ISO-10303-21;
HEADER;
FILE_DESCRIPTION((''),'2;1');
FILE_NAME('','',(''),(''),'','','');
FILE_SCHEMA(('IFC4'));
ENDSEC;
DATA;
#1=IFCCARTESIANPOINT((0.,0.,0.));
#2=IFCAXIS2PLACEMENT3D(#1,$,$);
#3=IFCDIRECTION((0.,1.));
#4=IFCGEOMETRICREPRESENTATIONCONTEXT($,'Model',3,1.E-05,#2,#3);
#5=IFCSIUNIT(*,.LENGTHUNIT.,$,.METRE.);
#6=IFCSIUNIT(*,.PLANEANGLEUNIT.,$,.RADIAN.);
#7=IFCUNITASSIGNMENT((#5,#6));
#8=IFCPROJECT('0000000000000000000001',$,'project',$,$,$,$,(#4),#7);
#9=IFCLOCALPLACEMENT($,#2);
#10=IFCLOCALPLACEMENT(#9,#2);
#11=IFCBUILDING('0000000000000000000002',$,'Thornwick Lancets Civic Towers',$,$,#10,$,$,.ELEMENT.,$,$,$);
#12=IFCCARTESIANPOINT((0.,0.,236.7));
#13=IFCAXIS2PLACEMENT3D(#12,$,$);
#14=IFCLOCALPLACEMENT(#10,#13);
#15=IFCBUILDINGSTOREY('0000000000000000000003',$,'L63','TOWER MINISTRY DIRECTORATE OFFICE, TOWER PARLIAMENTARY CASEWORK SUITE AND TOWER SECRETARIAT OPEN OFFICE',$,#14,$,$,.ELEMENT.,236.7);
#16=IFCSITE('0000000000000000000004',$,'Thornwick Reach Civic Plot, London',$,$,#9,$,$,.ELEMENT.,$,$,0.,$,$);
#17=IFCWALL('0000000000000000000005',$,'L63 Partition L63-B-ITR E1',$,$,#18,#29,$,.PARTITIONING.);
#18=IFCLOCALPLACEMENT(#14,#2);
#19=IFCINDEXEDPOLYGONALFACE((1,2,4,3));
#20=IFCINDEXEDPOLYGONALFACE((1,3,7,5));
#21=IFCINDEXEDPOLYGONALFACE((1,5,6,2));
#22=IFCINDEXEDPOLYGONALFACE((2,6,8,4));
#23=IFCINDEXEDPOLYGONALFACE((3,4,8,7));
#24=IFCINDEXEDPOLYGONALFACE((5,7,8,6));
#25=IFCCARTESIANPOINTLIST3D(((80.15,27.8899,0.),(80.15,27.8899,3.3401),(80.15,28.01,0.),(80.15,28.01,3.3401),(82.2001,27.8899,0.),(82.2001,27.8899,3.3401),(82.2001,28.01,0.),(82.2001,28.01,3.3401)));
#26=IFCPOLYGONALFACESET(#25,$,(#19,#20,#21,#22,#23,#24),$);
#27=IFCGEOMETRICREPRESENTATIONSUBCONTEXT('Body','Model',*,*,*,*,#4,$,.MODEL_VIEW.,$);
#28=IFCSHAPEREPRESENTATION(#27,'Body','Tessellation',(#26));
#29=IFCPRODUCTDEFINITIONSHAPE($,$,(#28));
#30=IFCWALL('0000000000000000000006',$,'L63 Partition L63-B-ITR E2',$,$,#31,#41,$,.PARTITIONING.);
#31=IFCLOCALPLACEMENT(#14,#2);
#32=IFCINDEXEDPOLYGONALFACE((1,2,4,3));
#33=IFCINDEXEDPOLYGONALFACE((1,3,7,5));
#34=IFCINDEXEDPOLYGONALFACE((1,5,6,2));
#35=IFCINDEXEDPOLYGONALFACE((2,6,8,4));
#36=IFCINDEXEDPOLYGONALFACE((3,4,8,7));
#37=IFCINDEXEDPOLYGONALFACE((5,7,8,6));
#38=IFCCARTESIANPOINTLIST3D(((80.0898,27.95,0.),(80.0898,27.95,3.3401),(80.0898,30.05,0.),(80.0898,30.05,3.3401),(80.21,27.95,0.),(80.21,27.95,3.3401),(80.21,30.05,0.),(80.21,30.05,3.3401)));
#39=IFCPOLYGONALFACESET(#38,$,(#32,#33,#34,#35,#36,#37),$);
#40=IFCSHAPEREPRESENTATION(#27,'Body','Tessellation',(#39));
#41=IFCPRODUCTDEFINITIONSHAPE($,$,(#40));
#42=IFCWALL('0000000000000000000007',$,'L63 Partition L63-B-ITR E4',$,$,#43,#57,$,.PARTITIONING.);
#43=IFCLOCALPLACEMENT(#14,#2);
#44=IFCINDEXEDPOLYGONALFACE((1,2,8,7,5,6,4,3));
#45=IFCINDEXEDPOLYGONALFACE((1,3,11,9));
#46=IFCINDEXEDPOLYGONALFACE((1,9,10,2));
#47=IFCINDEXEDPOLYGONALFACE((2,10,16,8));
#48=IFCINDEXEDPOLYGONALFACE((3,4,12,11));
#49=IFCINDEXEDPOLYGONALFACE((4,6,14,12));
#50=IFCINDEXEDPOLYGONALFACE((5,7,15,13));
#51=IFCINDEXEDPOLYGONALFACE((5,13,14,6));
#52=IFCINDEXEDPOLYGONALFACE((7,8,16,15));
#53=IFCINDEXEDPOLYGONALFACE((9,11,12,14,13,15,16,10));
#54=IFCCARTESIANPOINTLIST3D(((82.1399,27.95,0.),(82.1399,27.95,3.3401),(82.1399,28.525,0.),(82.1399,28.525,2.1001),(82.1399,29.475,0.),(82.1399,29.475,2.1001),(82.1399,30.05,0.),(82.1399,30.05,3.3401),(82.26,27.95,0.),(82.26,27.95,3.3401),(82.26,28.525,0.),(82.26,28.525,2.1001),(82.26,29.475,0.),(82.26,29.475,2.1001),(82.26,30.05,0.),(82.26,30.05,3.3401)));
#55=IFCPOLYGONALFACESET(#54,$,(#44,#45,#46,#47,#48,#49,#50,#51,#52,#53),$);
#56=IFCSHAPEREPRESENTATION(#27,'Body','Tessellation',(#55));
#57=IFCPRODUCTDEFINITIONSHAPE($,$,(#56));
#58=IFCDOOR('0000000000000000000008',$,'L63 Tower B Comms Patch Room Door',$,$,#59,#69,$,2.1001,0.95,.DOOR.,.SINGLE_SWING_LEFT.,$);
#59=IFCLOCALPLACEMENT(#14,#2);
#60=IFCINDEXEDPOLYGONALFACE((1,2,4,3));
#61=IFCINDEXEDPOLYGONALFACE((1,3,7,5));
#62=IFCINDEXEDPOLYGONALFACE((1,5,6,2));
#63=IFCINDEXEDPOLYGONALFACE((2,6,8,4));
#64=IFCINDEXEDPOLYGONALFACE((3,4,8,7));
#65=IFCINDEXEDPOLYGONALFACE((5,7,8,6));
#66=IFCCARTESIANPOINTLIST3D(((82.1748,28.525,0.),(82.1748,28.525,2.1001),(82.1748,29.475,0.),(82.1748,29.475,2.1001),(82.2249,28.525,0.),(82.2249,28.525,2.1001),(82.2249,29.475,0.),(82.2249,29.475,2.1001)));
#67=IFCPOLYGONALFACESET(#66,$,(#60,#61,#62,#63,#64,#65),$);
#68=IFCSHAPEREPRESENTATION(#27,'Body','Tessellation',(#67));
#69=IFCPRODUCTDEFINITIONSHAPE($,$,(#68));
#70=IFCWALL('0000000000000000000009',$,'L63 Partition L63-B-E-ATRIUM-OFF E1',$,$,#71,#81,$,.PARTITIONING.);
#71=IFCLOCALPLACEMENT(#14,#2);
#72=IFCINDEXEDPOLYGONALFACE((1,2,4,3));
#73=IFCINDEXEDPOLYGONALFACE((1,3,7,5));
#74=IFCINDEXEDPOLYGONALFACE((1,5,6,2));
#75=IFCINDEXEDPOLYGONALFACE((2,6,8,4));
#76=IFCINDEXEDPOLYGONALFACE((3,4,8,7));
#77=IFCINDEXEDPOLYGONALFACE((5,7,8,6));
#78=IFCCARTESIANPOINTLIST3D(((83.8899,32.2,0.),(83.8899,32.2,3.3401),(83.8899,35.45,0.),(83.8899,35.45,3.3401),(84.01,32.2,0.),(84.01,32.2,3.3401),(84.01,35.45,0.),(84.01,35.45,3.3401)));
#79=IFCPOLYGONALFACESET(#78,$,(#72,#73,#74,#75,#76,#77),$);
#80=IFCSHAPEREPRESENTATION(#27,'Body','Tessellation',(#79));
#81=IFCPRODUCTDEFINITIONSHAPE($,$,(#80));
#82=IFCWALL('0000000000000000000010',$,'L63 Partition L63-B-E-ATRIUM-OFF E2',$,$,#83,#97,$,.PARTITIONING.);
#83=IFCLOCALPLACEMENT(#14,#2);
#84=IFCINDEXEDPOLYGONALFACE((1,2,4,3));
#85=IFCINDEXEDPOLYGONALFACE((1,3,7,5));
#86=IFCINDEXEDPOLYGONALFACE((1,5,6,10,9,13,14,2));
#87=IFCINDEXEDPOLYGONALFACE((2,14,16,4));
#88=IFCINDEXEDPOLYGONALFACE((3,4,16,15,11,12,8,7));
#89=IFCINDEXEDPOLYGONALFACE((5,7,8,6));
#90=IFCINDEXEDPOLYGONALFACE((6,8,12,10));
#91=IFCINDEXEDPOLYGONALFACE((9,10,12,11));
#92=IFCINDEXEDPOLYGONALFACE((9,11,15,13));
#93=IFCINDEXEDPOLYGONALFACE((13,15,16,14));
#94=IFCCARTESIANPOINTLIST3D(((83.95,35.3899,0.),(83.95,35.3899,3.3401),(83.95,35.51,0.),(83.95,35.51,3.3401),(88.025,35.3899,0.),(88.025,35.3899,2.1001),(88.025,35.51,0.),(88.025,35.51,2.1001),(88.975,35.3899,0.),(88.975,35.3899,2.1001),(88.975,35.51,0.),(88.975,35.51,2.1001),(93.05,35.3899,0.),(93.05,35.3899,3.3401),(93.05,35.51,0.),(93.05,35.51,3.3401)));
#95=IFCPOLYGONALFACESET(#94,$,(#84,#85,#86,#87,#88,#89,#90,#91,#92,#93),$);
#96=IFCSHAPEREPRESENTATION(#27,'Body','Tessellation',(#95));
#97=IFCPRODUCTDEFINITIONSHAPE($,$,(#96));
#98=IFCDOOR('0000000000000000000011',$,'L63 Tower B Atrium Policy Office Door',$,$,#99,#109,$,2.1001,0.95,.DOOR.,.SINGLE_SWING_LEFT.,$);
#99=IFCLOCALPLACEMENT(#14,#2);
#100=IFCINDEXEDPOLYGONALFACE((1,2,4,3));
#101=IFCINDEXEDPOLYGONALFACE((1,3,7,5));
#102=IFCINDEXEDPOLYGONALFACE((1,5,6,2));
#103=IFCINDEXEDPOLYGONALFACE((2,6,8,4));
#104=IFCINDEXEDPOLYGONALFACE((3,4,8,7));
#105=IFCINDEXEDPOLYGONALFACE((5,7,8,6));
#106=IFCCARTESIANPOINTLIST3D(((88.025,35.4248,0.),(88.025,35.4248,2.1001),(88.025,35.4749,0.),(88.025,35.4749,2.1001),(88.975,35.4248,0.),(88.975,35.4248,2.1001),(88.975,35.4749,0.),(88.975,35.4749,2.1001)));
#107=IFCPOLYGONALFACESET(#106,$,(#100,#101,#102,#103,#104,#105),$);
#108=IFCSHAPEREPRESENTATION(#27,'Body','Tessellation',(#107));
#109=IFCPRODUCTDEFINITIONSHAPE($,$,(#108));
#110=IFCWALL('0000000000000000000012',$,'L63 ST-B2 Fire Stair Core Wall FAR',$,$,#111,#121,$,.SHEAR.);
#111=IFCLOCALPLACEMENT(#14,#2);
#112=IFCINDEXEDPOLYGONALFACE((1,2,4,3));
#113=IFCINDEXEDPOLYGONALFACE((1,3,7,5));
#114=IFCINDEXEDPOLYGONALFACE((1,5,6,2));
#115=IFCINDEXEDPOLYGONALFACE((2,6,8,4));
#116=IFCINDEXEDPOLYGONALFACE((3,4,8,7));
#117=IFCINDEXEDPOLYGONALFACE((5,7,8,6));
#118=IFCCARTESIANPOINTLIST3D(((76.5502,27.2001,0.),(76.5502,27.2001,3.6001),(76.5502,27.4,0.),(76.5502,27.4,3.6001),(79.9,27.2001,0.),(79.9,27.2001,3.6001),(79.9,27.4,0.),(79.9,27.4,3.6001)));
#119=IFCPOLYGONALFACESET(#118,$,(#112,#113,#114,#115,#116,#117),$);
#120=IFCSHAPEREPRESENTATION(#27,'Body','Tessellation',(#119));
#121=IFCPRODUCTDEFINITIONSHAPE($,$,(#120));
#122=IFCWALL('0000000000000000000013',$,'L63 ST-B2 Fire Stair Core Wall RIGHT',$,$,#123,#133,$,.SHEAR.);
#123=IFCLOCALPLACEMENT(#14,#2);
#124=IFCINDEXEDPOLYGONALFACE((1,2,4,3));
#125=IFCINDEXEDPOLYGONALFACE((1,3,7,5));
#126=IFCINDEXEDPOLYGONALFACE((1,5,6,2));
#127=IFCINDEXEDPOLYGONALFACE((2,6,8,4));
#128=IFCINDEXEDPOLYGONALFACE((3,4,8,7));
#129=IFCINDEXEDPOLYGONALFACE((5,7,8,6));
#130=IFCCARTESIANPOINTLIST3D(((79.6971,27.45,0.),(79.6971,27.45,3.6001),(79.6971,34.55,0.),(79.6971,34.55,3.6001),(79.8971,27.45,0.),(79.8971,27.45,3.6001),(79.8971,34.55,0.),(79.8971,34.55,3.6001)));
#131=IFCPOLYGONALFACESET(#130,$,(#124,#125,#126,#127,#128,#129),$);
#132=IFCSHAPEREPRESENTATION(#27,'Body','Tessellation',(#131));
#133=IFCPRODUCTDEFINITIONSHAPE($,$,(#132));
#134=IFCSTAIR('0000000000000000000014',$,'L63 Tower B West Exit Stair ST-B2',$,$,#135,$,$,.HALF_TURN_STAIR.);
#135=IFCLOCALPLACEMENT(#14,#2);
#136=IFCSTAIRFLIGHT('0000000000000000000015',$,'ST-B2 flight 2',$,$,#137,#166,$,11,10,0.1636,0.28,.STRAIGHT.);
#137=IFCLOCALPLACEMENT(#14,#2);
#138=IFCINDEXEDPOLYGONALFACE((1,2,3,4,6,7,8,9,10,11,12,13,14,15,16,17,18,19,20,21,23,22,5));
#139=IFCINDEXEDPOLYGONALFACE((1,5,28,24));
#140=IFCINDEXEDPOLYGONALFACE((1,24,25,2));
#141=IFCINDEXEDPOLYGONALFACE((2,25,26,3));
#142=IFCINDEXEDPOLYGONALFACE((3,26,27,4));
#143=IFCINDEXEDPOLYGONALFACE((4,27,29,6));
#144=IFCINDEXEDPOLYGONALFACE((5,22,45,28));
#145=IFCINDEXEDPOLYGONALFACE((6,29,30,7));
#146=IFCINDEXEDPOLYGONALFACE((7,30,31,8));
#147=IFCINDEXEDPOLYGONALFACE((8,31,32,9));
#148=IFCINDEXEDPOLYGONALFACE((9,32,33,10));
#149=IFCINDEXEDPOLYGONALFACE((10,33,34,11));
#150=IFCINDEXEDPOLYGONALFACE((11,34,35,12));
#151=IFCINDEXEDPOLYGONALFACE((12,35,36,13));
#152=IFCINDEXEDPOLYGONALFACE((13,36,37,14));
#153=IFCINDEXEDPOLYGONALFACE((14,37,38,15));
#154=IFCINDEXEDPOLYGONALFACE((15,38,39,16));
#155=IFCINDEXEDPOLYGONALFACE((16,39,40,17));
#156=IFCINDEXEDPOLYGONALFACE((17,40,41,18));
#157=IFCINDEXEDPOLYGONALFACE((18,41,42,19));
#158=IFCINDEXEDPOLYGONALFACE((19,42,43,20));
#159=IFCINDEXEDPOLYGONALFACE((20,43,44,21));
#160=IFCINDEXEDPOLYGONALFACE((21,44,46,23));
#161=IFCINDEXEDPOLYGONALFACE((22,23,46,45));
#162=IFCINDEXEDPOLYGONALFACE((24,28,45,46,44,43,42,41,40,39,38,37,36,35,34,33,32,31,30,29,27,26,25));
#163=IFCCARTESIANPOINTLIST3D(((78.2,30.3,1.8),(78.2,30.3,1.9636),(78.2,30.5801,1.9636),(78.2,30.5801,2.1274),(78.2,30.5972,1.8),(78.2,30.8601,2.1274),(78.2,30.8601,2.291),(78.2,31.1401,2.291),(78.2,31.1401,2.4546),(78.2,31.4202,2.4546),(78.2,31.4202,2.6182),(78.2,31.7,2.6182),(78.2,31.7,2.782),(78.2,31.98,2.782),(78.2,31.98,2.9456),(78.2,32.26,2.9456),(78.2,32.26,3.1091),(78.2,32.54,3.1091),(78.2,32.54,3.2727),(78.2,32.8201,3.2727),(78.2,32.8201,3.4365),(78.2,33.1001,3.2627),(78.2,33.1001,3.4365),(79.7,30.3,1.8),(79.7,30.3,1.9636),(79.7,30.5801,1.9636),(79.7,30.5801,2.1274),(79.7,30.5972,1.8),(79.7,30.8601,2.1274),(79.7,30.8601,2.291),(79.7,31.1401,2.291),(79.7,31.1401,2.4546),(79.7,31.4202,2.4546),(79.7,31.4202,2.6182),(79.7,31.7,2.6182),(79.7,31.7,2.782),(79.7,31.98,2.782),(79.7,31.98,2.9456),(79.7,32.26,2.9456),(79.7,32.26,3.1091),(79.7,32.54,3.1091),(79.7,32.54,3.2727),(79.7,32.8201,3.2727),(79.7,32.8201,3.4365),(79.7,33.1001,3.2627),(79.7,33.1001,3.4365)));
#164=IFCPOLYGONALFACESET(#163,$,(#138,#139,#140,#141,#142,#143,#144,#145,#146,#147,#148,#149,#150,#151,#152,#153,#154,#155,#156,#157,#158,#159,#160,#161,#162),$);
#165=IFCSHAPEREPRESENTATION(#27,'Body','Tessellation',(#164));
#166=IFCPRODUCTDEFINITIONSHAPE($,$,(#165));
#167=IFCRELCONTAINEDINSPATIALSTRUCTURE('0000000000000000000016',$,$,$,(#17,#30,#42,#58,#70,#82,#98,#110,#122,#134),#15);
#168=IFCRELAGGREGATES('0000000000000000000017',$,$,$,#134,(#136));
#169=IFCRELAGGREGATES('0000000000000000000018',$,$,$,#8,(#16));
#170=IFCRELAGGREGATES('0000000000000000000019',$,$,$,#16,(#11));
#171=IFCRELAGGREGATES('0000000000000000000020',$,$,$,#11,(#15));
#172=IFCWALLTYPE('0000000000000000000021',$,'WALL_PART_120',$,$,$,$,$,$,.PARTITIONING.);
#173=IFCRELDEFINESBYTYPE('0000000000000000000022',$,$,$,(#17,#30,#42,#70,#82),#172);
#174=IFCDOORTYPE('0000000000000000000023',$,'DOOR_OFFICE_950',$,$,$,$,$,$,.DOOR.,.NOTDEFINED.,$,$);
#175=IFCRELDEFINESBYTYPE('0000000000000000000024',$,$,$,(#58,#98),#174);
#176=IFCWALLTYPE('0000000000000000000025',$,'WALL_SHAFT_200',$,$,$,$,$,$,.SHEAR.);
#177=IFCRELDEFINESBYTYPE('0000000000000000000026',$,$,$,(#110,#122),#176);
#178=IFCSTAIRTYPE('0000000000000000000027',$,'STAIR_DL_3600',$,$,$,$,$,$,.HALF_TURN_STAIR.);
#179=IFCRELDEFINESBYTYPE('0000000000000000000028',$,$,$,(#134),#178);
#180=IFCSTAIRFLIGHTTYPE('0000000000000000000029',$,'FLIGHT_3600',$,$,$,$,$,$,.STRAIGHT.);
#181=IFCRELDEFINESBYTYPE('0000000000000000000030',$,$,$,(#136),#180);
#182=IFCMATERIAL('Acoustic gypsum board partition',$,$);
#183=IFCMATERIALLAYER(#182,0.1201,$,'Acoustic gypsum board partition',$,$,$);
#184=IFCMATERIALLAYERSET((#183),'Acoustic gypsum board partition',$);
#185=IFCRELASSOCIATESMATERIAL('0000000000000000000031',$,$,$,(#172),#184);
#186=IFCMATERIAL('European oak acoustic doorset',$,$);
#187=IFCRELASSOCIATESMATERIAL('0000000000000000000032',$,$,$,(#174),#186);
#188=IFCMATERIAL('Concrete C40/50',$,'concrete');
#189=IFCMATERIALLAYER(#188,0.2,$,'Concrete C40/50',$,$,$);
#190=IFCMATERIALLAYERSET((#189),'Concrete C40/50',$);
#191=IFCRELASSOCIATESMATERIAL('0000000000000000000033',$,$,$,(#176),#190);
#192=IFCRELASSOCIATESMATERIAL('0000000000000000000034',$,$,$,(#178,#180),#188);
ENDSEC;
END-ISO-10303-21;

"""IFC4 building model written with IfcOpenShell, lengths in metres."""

from ifc_helpers import new_model, si_unit, direction, frame, frame_2d, origin, place, context, subcontext, project, spatial, polyline, rectangle, outline, extrude, material, layer, layer_set, type_object, element, fill, aggregate, save


model = new_model("IFC4")

# Units and contexts
model_context = context("Model", 3, precision=1e-05, world=origin(), true_north=direction((0.0, 1.0)))
body_context = subcontext(model_context, "Body", "Model", "MODEL_VIEW")
ifc_project = project(units=[si_unit("LENGTHUNIT", "METRE"), si_unit("PLANEANGLEUNIT", "RADIAN")], contexts=[model_context])

# Site, building, storey
site_placement = place(None, origin())
site = spatial("IfcSite", under=ifc_project, at=site_placement, Name="Thornwick Reach Civic Plot, London", CompositionType="ELEMENT", RefElevation=0.0)
building_placement = place(site_placement, origin())
building = spatial("IfcBuilding", under=site, at=building_placement, Name="Thornwick Lancets Civic Towers", CompositionType="ELEMENT")
storey_placement = place(building_placement, frame((0.0, 0.0, 236.7)))
storey = spatial("IfcBuildingStorey", under=building, at=storey_placement, Name="L63", Description="TOWER MINISTRY DIRECTORATE OFFICE, TOWER PARLIAMENTARY CASEWORK SUITE AND TOWER SECRETARIAT OPEN OFFICE", CompositionType="ELEMENT", Elevation=236.7)

# Walls
ifc_material_1 = material(Name="Acoustic gypsum board partition")
ifc_layer_1 = layer(ifc_material_1, 0.1201, Name="Acoustic gypsum board partition")
ifc_layer_set_1 = layer_set([ifc_layer_1], Name="Acoustic gypsum board partition")
wall_type_1 = type_object("IfcWallType", Name="WALL_PART_120", PredefinedType="PARTITIONING", material=ifc_layer_set_1)
wall_1_placement = place(storey_placement, frame((82.2, 27.95, 0.0), z_axis=(0.0, 0.0, 1.0), x_axis=(-1.0, 0.0, 0.0)))
element("IfcWall", 1, at=wall_1_placement, inside=storey, type_object=wall_type_1, Name="L63 Partition L63-B-ITR E1", PredefinedType="PARTITIONING", context=body_context, shape_type="SweptSolid", body=[
    extrude(rectangle(XDim=2.05, YDim=0.1201, at=frame_2d((1.0249, 0.0))), origin(), (0.0, 0.0, 1.0), 3.3401),
])
wall_2_placement = place(storey_placement, frame((80.1499, 27.95, 0.0), z_axis=(0.0, 0.0, 1.0), x_axis=(0.0, 1.0, 0.0)))
element("IfcWall", 2, at=wall_2_placement, inside=storey, type_object=wall_type_1, Name="L63 Partition L63-B-ITR E2", PredefinedType="PARTITIONING", context=body_context, shape_type="SweptSolid", body=[
    extrude(rectangle(XDim=2.1001, YDim=0.1201, at=frame_2d((1.05, 0.0))), origin(), (0.0, 0.0, 1.0), 3.3401),
])

# Wall, opening, door
wall_3_placement = place(storey_placement, frame((82.2, 30.05, 0.0), z_axis=(0.0, 0.0, 1.0), x_axis=(0.0, -1.0, 0.0)))
wall_3 = element("IfcWall", 3, at=wall_3_placement, inside=storey, type_object=wall_type_1, Name="L63 Partition L63-B-ITR E4", PredefinedType="PARTITIONING", context=body_context, shape_type="SweptSolid", body=[
    extrude(rectangle(XDim=2.1001, YDim=0.1201, at=frame_2d((1.05, 0.0))), origin(), (0.0, 0.0, 1.0), 3.3401),
])
opening_1_placement = place(wall_3_placement, frame((0.575, 0.0, 0.0)))
opening_1 = element("IfcOpeningElement", 4, at=opening_1_placement, cuts=wall_3, PredefinedType="OPENING", context=body_context, shape_type="SweptSolid", body=[
    extrude(rectangle(XDim=0.95, YDim=2.1001, at=frame_2d((0.4751, 1.05))), frame((0.0, 0.0701, 0.0), z_axis=(0.0, -1.0, 0.0), x_axis=(1.0, 0.0, 0.0)), (0.0, 0.0, 1.0), 0.1401),
])
ifc_material_2 = material(Name="European oak acoustic doorset")
door_type_1 = type_object("IfcDoorType", Name="DOOR_OFFICE_950", OperationType="NOTDEFINED", PredefinedType="DOOR", material=ifc_material_2)
door_1_placement = place(opening_1_placement, origin())
door_1 = element("IfcDoor", 5, at=door_1_placement, inside=storey, type_object=door_type_1, Name="L63 Tower B Comms Patch Room Door", OperationType="SINGLE_SWING_LEFT", OverallHeight=2.1001, OverallWidth=0.95, PredefinedType="DOOR", context=body_context, shape_type="SweptSolid", body=[
    extrude(rectangle(XDim=0.95, YDim=2.1001, at=frame_2d((0.4751, 1.05))), frame((0.0, 0.0249, 0.0), z_axis=(0.0, -1.0, 0.0), x_axis=(1.0, 0.0, 0.0)), (0.0, 0.0, 1.0), 0.05),
])
fill(opening_1, door_1)

# Wall
wall_4_placement = place(storey_placement, frame((83.95, 32.2, 0.0), z_axis=(0.0, 0.0, 1.0), x_axis=(0.0, 1.0, 0.0)))
element("IfcWall", 6, at=wall_4_placement, inside=storey, type_object=wall_type_1, Name="L63 Partition L63-B-E-ATRIUM-OFF E1", PredefinedType="PARTITIONING", context=body_context, shape_type="SweptSolid", body=[
    extrude(rectangle(XDim=3.25, YDim=0.1201, at=frame_2d((1.625, 0.0))), origin(), (0.0, 0.0, 1.0), 3.3401),
])

# Wall, opening, door
wall_5_placement = place(storey_placement, frame((83.95, 35.45, 0.0), z_axis=(0.0, 0.0, 1.0), x_axis=(1.0, 0.0, 0.0)))
wall_5 = element("IfcWall", 7, at=wall_5_placement, inside=storey, type_object=wall_type_1, Name="L63 Partition L63-B-E-ATRIUM-OFF E2", PredefinedType="PARTITIONING", context=body_context, shape_type="SweptSolid", body=[
    extrude(rectangle(XDim=9.1001, YDim=0.1201, at=frame_2d((4.55, 0.0))), origin(), (0.0, 0.0, 1.0), 3.3401),
])
opening_2_placement = place(wall_5_placement, frame((4.075, 0.0, 0.0)))
opening_2 = element("IfcOpeningElement", 8, at=opening_2_placement, cuts=wall_5, PredefinedType="OPENING", context=body_context, shape_type="SweptSolid", body=[
    extrude(rectangle(XDim=0.95, YDim=2.1001, at=frame_2d((0.4751, 1.05))), frame((0.0, 0.0701, 0.0), z_axis=(0.0, -1.0, 0.0), x_axis=(1.0, 0.0, 0.0)), (0.0, 0.0, 1.0), 0.1401),
])
door_2_placement = place(opening_2_placement, origin())
door_2 = element("IfcDoor", 9, at=door_2_placement, inside=storey, type_object=door_type_1, Name="L63 Tower B Atrium Policy Office Door", OperationType="SINGLE_SWING_LEFT", OverallHeight=2.1001, OverallWidth=0.95, PredefinedType="DOOR", context=body_context, shape_type="SweptSolid", body=[
    extrude(rectangle(XDim=0.95, YDim=2.1001, at=frame_2d((0.4751, 1.05))), frame((0.0, 0.0249, 0.0), z_axis=(0.0, -1.0, 0.0), x_axis=(1.0, 0.0, 0.0)), (0.0, 0.0, 1.0), 0.05),
])
fill(opening_2, door_2)

# Walls
ifc_material_3 = material(Name="Concrete C40/50", Category="concrete")
ifc_layer_2 = layer(ifc_material_3, 0.2, Name="Concrete C40/50")
ifc_layer_set_2 = layer_set([ifc_layer_2], Name="Concrete C40/50")
wall_type_2 = type_object("IfcWallType", Name="WALL_SHAFT_200", PredefinedType="SHEAR", material=ifc_layer_set_2)
wall_6_placement = place(storey_placement, frame((79.8999, 27.3, 0.0), z_axis=(0.0, 0.0, 1.0), x_axis=(-1.0, 0.0, 0.0)))
element("IfcWall", 10, at=wall_6_placement, inside=storey, type_object=wall_type_2, Name="L63 ST-B2 Fire Stair Core Wall FAR", PredefinedType="SHEAR", context=body_context, shape_type="SweptSolid", body=[
    extrude(rectangle(XDim=3.3499, YDim=0.2, at=frame_2d((1.6748, 0.0))), origin(), (0.0, 0.0, 1.0), 3.6001),
])
wall_7_placement = place(storey_placement, frame((79.7971, 27.45, 0.0), z_axis=(0.0, 0.0, 1.0), x_axis=(0.0, 1.0, 0.0)))
element("IfcWall", 11, at=wall_7_placement, inside=storey, type_object=wall_type_2, Name="L63 ST-B2 Fire Stair Core Wall RIGHT", PredefinedType="SHEAR", context=body_context, shape_type="SweptSolid", body=[
    extrude(rectangle(XDim=7.1001, YDim=0.2, at=frame_2d((3.55, 0.0))), origin(), (0.0, 0.0, 1.0), 3.6001),
])

# Stair, stair flight
stair_type = type_object("IfcStairType", Name="STAIR_DL_3600", PredefinedType="HALF_TURN_STAIR", material=ifc_material_3)
stair_placement = place(storey_placement, origin())
stair = element("IfcStair", 12, at=stair_placement, inside=storey, type_object=stair_type, Name="L63 Tower B West Exit Stair ST-B2", PredefinedType="HALF_TURN_STAIR")
stair_flight_type = type_object("IfcStairFlightType", Name="FLIGHT_3600", PredefinedType="STRAIGHT", material=ifc_material_3)
stair_flight_placement = place(storey_placement, frame((78.95, 30.3, 1.8), z_axis=(0.0, 0.0, 1.0), x_axis=(0.0, 1.0, 0.0)))
stair_flight = element("IfcStairFlight", 13, at=stair_flight_placement, type_object=stair_flight_type, Name="ST-B2 flight 2", NumberOfRisers=11, NumberOfTreads=10, PredefinedType="STRAIGHT", RiserHeight=0.1636, TreadLength=0.28, context=body_context, shape_type="SweptSolid", body=[
    extrude(outline(polyline([(0.0, 0.0), (0.0, 0.1636), (0.28, 0.1636), (0.28, 0.3274), (0.5601, 0.3274), (0.5601, 0.491), (0.8401, 0.491), (0.8401, 0.6545), (1.1201, 0.6545), (1.1201, 0.8181), (1.3999, 0.8181), (1.3999, 0.9819), (1.6799, 0.9819), (1.6799, 1.1455), (1.96, 1.1455), (1.96, 1.3091), (2.24, 1.3091), (2.24, 1.4727), (2.52, 1.4727), (2.52, 1.6365), (2.8, 1.6365), (2.8, 1.8), (2.8, 1.4626), (0.2971, 0.0), (0.0, 0.0)])), frame((0.0, 0.75, 0.0), z_axis=(0.0, -1.0, 0.0), x_axis=(1.0, 0.0, 0.0)), (0.0, 0.0, 1.0), 1.5),
])
aggregate(stair, [stair_flight])

save(model, "model.ifc")
